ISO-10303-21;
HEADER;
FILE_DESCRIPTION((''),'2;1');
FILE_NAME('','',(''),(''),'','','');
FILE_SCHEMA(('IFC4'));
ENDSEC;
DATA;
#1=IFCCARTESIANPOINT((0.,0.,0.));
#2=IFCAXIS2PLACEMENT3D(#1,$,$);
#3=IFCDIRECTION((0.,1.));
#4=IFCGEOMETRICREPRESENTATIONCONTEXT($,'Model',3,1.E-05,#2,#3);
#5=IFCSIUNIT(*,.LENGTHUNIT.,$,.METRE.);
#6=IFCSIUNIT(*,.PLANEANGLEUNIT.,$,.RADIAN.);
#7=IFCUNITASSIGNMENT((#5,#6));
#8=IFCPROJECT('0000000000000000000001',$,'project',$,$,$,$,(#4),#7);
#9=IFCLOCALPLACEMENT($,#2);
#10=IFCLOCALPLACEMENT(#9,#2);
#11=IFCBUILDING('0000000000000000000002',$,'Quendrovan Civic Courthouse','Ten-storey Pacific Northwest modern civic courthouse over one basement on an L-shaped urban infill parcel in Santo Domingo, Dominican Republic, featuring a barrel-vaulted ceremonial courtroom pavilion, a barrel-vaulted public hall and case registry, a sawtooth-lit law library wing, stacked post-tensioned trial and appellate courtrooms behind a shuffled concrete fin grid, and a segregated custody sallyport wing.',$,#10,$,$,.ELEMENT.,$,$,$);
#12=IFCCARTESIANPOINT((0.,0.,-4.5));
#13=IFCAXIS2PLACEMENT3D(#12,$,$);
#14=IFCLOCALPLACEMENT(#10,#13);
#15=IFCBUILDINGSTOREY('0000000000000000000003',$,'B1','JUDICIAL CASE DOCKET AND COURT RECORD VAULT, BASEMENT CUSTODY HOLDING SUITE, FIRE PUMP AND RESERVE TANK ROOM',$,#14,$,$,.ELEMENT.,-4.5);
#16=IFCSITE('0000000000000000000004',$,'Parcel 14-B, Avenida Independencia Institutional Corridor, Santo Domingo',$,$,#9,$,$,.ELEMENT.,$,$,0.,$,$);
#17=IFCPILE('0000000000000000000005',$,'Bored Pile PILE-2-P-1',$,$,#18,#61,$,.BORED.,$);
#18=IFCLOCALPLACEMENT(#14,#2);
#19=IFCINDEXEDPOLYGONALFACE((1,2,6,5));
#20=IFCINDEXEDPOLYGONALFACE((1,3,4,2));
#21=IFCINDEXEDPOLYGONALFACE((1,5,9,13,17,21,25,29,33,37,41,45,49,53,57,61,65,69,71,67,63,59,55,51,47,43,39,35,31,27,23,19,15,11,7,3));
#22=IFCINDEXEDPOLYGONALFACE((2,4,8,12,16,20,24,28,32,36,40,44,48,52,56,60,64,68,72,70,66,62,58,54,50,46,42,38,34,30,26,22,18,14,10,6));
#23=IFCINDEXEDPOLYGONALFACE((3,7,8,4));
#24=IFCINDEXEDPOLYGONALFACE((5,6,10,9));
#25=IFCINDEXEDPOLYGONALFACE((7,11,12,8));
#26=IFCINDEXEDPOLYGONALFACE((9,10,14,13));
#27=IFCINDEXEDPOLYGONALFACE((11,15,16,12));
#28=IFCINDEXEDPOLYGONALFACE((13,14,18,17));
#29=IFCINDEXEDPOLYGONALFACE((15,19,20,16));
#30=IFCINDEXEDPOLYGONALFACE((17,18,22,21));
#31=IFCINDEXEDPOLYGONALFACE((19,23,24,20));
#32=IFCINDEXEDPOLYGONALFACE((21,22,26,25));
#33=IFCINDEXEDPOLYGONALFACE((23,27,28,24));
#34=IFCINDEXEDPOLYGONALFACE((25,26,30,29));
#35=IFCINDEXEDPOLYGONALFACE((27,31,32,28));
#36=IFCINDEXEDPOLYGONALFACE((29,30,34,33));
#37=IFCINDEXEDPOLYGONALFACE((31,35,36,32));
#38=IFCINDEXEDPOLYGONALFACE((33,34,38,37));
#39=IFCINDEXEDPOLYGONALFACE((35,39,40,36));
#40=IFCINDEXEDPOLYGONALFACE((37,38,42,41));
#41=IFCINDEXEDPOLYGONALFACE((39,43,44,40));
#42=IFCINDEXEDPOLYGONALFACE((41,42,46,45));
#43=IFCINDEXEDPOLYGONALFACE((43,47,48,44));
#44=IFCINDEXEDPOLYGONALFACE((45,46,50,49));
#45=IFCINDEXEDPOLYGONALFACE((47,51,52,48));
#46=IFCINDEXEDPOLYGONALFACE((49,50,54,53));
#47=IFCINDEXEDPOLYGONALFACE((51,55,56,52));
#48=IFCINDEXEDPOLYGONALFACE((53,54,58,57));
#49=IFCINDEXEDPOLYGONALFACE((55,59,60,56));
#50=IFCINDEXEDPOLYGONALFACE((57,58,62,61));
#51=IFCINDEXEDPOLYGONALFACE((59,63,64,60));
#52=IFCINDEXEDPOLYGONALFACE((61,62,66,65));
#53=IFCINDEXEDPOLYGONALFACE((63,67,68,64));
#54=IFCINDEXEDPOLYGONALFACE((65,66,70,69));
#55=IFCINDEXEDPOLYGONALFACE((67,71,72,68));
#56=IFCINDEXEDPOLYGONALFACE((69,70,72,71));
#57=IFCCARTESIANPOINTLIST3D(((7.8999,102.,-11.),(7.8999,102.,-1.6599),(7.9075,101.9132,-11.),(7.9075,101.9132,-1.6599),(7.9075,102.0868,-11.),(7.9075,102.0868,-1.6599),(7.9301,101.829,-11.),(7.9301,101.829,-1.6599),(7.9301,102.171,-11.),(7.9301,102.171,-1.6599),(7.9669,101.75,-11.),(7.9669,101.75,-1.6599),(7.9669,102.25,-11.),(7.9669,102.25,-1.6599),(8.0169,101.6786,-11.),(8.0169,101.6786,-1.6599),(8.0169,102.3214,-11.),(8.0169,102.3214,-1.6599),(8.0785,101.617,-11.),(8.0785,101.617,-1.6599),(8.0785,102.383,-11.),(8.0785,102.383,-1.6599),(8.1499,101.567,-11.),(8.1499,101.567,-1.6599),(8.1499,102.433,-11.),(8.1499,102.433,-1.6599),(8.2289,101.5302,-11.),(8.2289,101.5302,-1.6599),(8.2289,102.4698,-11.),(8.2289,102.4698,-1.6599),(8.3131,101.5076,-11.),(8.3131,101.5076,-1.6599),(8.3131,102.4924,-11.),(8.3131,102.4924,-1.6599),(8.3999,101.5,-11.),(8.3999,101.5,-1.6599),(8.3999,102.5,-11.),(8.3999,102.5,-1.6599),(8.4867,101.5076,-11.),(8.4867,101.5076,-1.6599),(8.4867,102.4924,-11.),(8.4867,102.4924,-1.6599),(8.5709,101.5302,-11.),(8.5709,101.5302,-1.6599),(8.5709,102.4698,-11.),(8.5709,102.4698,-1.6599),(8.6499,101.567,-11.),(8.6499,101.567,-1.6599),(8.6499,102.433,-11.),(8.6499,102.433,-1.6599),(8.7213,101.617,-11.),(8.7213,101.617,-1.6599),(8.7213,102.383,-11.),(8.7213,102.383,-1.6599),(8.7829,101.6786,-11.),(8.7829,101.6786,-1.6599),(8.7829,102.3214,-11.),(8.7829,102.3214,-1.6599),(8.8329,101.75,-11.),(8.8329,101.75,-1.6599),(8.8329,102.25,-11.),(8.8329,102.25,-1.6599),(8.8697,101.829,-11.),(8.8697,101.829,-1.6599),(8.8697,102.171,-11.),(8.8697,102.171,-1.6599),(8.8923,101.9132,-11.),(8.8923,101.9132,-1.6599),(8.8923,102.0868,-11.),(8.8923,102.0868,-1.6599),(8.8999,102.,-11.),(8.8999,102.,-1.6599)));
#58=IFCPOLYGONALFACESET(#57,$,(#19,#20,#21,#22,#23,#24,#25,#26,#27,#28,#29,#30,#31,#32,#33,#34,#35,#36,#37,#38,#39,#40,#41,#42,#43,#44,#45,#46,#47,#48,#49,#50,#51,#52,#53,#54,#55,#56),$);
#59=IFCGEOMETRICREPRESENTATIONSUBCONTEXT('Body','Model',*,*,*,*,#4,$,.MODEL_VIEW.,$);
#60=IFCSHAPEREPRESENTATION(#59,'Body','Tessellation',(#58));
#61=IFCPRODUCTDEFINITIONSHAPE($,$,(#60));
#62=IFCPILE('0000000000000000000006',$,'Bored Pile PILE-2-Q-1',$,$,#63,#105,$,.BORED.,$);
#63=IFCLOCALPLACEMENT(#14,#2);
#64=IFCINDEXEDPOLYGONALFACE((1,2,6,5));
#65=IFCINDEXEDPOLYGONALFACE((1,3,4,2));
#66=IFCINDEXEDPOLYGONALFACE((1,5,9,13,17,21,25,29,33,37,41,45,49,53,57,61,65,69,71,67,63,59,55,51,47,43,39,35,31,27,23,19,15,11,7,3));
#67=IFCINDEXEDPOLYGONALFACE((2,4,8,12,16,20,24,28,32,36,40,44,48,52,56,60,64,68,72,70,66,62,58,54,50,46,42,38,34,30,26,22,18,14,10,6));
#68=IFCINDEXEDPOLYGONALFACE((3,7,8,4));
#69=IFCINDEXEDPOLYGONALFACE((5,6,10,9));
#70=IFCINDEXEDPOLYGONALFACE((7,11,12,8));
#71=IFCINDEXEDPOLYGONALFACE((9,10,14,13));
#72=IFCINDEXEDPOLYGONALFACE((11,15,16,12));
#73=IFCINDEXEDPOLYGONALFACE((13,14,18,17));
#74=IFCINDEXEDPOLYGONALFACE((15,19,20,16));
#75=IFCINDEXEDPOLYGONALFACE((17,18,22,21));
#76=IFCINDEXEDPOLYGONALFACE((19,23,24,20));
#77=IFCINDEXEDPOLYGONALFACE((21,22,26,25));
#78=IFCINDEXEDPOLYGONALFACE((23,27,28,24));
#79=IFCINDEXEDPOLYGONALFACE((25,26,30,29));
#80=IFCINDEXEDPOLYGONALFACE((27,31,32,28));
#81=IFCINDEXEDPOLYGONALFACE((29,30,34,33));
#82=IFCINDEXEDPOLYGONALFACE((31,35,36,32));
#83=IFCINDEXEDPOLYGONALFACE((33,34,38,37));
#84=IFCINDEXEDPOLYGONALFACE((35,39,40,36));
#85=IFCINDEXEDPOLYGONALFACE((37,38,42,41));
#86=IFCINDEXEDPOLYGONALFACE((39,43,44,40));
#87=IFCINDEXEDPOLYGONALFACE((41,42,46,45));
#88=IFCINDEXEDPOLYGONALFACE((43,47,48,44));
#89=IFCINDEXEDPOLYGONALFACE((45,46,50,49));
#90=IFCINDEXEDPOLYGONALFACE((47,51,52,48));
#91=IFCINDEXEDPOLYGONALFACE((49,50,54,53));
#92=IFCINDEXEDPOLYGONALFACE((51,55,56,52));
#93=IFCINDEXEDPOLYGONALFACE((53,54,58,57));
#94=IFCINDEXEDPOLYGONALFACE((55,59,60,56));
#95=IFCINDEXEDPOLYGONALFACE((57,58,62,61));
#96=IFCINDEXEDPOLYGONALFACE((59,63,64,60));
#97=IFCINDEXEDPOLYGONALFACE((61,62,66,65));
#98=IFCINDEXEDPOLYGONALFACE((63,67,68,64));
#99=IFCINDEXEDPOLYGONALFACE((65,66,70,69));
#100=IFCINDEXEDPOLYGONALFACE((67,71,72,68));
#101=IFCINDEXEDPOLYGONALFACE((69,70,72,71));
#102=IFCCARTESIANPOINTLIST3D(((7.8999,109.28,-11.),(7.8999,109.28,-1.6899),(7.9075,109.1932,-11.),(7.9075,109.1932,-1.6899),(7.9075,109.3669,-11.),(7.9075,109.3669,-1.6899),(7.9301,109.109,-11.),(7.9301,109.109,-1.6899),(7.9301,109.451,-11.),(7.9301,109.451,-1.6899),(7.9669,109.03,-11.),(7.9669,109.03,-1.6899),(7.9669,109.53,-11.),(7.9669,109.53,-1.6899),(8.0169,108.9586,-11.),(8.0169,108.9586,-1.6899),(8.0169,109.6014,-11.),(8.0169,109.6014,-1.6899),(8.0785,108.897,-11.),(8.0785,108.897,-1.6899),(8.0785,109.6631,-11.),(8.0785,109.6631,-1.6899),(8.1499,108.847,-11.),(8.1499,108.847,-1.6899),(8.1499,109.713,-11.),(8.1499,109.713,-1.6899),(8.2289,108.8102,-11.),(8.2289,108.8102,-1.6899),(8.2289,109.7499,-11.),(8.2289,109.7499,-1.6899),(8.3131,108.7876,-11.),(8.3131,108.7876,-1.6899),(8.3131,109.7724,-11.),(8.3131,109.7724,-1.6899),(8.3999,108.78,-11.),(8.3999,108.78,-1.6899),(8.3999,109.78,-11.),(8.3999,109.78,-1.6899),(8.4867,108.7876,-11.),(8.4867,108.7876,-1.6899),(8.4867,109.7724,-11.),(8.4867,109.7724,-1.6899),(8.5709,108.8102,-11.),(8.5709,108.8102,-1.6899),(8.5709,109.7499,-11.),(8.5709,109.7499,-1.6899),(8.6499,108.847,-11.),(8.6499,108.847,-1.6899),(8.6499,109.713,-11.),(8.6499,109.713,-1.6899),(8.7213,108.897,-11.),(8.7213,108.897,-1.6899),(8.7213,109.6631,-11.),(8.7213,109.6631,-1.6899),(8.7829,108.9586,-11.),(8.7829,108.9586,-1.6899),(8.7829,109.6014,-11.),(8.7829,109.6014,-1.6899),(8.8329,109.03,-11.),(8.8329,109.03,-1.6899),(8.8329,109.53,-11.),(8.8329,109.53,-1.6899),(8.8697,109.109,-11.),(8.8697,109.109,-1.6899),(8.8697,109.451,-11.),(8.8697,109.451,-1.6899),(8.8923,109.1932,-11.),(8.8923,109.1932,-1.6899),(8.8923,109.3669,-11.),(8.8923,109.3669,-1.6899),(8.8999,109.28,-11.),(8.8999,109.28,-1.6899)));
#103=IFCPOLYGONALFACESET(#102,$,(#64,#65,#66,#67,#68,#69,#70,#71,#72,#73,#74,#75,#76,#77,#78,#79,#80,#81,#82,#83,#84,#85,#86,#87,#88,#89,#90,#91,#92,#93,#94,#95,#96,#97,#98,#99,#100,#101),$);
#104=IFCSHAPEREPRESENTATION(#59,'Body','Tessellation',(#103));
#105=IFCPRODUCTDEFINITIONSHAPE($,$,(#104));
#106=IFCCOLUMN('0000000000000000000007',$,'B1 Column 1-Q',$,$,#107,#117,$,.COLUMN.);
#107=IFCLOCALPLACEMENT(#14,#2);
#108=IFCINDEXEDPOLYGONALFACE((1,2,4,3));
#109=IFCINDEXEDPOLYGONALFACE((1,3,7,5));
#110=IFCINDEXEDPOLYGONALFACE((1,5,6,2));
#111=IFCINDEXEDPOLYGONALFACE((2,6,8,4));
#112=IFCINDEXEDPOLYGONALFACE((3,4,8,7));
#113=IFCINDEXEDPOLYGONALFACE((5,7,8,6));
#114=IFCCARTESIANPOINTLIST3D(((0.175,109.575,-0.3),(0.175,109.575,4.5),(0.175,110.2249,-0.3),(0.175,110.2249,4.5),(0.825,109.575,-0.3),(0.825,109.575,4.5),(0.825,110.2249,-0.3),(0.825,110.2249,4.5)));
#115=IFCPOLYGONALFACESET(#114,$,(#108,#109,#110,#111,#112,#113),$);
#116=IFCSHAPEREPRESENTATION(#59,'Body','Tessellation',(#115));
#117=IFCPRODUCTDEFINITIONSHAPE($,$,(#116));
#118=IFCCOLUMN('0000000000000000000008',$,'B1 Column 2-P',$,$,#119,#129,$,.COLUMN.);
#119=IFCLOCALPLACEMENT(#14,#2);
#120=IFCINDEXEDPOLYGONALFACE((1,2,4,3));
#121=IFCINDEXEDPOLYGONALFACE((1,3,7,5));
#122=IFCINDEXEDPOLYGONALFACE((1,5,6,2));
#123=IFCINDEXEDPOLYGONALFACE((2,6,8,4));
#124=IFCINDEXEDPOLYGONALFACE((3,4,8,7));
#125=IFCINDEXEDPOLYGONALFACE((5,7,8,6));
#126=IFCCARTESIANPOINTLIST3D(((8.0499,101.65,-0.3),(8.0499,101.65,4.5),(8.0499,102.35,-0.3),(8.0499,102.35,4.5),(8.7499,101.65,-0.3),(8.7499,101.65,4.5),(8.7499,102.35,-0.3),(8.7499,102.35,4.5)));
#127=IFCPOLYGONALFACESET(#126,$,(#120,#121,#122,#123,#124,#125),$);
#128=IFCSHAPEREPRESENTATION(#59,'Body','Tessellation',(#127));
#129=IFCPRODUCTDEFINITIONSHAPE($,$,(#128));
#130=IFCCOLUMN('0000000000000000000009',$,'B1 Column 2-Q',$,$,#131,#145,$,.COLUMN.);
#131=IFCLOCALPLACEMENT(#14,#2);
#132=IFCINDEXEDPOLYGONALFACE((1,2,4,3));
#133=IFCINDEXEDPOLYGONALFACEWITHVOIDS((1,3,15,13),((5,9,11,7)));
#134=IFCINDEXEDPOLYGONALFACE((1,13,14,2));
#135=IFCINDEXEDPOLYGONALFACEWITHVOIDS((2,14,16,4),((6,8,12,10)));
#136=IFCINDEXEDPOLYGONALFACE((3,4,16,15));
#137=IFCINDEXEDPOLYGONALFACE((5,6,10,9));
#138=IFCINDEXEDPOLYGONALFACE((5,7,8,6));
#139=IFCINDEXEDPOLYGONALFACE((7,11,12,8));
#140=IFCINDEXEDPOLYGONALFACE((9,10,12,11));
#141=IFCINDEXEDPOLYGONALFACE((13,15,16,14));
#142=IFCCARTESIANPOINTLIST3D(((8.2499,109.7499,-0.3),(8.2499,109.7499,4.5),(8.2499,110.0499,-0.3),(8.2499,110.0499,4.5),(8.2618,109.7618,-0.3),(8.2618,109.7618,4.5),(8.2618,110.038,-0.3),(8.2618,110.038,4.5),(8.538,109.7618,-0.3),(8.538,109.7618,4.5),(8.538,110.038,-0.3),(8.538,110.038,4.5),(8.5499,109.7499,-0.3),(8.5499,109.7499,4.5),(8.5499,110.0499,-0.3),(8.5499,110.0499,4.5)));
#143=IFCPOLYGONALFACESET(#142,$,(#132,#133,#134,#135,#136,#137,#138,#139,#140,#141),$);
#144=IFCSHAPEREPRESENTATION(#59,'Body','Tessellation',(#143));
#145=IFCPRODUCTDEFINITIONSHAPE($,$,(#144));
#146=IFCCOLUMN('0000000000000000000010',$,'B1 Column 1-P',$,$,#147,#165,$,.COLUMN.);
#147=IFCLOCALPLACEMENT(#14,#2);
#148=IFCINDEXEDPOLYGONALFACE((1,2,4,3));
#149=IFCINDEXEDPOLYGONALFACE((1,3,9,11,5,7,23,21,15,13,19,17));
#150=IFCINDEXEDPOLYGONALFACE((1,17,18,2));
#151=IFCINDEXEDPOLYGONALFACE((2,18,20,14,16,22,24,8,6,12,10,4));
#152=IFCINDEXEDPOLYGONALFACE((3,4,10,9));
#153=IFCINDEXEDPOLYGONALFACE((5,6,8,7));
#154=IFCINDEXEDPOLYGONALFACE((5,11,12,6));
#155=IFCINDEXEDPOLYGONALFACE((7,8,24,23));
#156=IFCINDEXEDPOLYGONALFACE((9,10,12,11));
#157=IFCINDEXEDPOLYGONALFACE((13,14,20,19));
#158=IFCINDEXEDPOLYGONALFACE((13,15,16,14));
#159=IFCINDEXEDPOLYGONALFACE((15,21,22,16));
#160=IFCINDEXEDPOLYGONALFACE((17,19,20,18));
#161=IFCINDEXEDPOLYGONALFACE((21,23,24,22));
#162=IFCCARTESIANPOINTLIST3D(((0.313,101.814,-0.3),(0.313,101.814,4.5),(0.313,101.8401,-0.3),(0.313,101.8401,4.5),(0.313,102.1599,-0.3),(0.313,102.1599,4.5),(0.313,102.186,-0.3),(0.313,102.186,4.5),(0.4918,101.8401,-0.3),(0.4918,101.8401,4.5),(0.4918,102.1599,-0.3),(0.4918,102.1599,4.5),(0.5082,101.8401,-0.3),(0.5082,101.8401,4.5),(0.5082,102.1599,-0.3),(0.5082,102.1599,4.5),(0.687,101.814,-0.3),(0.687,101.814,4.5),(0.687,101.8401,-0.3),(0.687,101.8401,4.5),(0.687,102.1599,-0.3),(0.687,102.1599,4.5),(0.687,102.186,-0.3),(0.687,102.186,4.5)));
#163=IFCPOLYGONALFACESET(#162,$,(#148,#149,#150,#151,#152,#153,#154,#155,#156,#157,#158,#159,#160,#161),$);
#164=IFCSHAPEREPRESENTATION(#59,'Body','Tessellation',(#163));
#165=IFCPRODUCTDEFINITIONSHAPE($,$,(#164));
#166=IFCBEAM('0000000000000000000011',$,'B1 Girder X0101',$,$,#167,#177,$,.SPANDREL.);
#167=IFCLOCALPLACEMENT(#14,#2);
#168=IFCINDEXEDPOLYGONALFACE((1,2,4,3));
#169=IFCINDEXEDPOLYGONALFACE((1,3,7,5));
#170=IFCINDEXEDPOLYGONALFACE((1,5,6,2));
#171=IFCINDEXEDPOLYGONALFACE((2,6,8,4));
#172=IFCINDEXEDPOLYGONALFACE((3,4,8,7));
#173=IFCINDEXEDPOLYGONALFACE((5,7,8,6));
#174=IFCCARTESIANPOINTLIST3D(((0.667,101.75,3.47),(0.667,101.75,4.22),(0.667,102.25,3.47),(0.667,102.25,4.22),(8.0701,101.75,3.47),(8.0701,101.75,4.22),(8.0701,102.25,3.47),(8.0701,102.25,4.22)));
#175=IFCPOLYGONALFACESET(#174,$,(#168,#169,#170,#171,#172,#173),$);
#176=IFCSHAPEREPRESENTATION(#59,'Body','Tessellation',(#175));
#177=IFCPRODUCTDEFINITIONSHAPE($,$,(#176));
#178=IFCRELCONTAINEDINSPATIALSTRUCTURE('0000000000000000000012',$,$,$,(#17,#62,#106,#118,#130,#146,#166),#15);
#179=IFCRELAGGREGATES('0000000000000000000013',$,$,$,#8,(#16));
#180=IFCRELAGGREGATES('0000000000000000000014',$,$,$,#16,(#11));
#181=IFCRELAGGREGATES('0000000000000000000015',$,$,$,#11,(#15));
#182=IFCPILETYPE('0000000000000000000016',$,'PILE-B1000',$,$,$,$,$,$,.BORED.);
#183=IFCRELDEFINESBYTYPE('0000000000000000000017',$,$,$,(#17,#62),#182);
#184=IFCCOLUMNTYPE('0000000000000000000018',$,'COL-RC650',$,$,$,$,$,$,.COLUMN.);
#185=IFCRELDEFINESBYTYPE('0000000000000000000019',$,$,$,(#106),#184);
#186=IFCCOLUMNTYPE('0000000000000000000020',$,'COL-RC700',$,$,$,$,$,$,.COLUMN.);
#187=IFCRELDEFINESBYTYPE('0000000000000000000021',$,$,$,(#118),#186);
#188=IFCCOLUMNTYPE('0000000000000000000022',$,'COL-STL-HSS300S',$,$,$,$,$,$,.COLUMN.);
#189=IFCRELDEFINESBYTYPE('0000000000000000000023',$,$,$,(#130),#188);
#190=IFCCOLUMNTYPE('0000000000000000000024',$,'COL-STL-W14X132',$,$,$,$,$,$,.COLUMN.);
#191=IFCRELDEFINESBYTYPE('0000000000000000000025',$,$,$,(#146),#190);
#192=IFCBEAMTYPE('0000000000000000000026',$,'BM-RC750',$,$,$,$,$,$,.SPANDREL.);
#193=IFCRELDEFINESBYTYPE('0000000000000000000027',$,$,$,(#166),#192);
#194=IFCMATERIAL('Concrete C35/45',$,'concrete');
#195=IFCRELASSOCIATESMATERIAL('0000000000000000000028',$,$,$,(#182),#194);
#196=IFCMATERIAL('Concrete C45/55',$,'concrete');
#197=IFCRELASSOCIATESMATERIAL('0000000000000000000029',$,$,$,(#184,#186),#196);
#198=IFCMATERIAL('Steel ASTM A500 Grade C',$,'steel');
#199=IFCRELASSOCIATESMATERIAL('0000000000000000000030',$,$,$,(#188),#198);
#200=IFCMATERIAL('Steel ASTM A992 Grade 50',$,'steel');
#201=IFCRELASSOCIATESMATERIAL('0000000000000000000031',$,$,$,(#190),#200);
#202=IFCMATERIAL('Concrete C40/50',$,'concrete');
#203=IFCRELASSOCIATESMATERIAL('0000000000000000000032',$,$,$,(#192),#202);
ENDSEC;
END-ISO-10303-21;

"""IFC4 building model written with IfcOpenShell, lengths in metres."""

from ifc_helpers import new_model, si_unit, direction, frame, origin, origin_2d, place, context, subcontext, project, spatial, rectangle, hollow_rectangle, circle, i_section, extrude, material, material_profile, profile_set, type_object, element, save


model = new_model("IFC4")

# Units and contexts
model_context = context("Model", 3, precision=1e-05, world=origin(), true_north=direction((0.0, 1.0)))
body_context = subcontext(model_context, "Body", "Model", "MODEL_VIEW")
ifc_project = project(units=[si_unit("LENGTHUNIT", "METRE"), si_unit("PLANEANGLEUNIT", "RADIAN")], contexts=[model_context])

# Site, building, storey
site_placement = place(None, origin())
site = spatial("IfcSite", under=ifc_project, at=site_placement, Name="Parcel 14-B, Avenida Independencia Institutional Corridor, Santo Domingo", CompositionType="ELEMENT", RefElevation=0.0)
building_placement = place(site_placement, origin())
building = spatial("IfcBuilding", under=site, at=building_placement, Name="Quendrovan Civic Courthouse", Description="Ten-storey Pacific Northwest modern civic courthouse over one basement on an L-shaped urban infill parcel in Santo Domingo, Dominican Republic, featuring a barrel-vaulted ceremonial courtroom pavilion, a barrel-vaulted public hall and case registry, a sawtooth-lit law library wing, stacked post-tensioned trial and appellate courtrooms behind a shuffled concrete fin grid, and a segregated custody sallyport wing.", CompositionType="ELEMENT")
storey_placement = place(building_placement, frame((0.0, 0.0, -4.5)))
storey = spatial("IfcBuildingStorey", under=building, at=storey_placement, Name="B1", Description="JUDICIAL CASE DOCKET AND COURT RECORD VAULT, BASEMENT CUSTODY HOLDING SUITE, FIRE PUMP AND RESERVE TANK ROOM", CompositionType="ELEMENT", Elevation=-4.5)

# Shared definitions
ifc_material_1 = material(Name="Concrete C35/45", Category="concrete")

# Piles
ifc_material_profile_1 = material_profile(ifc_material_1, circle(Radius=0.5, at=origin_2d()), Name="PILE-D1000")
ifc_profile_set_1 = profile_set([ifc_material_profile_1], Name="Concrete C35/45")
pile_type = type_object("IfcPileType", Name="PILE-B1000", PredefinedType="BORED", material=ifc_profile_set_1)
for number, where, z_axis, x_axis, name in (
    (1, (8.3999, 102.0, -1.6599), (0.0, 0.0, -1.0), (1.0, 0.0, 0.0), "Bored Pile PILE-2-P-1"),
):
    element("IfcPile", number, at=place(storey_placement, frame(where, z_axis=z_axis, x_axis=x_axis)), inside=storey, type_object=pile_type, Name=name, PredefinedType="BORED", context=body_context, shape_type="SweptSolid", body=[
        extrude(circle(Radius=0.5, at=origin_2d()), origin(), (0.0, 0.0, 1.0), 9.3401),
    ])
pile_1_placement = place(storey_placement, frame((8.3999, 109.28, -1.6899), z_axis=(0.0, 0.0, -1.0), x_axis=(1.0, 0.0, 0.0)))
element("IfcPile", 2, at=pile_1_placement, inside=storey, type_object=pile_type, Name="Bored Pile PILE-2-Q-1", PredefinedType="BORED", context=body_context, shape_type="SweptSolid", body=[
    extrude(circle(Radius=0.5, at=origin_2d()), origin(), (0.0, 0.0, 1.0), 9.3101),
])

# Columns
ifc_material_2 = material(Name="Concrete C45/55", Category="concrete")
ifc_material_profile_2 = material_profile(ifc_material_2, rectangle(XDim=0.6499, YDim=0.6499, at=origin_2d()), Name="RC-COL-650x650")
ifc_profile_set_2 = profile_set([ifc_material_profile_2], Name="Concrete C45/55")
column_type_1 = type_object("IfcColumnType", Name="COL-RC650", PredefinedType="COLUMN", material=ifc_profile_set_2)
column_1_placement = place(storey_placement, frame((0.5, 109.8999, -0.3), z_axis=(0.0, 0.0, 1.0), x_axis=(1.0, 0.0, 0.0)))
element("IfcColumn", 3, at=column_1_placement, inside=storey, type_object=column_type_1, Name="B1 Column 1-Q", PredefinedType="COLUMN", context=body_context, shape_type="SweptSolid", body=[
    extrude(rectangle(XDim=0.6499, YDim=0.6499, at=origin_2d()), origin(), (0.0, 0.0, 1.0), 4.8),
])
ifc_material_profile_3 = material_profile(ifc_material_2, rectangle(XDim=0.7, YDim=0.7, at=origin_2d()), Name="RC-COL-700x700")
ifc_profile_set_3 = profile_set([ifc_material_profile_3], Name="Concrete C45/55")
column_type_2 = type_object("IfcColumnType", Name="COL-RC700", PredefinedType="COLUMN", material=ifc_profile_set_3)
column_2_placement = place(storey_placement, frame((8.3999, 102.0, -0.3), z_axis=(0.0, 0.0, 1.0), x_axis=(1.0, 0.0, 0.0)))
element("IfcColumn", 4, at=column_2_placement, inside=storey, type_object=column_type_2, Name="B1 Column 2-P", PredefinedType="COLUMN", context=body_context, shape_type="SweptSolid", body=[
    extrude(rectangle(XDim=0.7, YDim=0.7, at=origin_2d()), origin(), (0.0, 0.0, 1.0), 4.8),
])
ifc_material_3 = material(Name="Steel ASTM A500 Grade C", Category="steel")
ifc_material_profile_4 = material_profile(ifc_material_3, hollow_rectangle(XDim=0.3, YDim=0.3, WallThickness=0.012, at=origin_2d()), Name="HSS300x300x12")
ifc_profile_set_4 = profile_set([ifc_material_profile_4], Name="Steel ASTM A500 Grade C")
column_type_3 = type_object("IfcColumnType", Name="COL-STL-HSS300S", PredefinedType="COLUMN", material=ifc_profile_set_4)
column_3_placement = place(storey_placement, frame((8.3999, 109.8999, -0.3), z_axis=(0.0, 0.0, 1.0), x_axis=(1.0, 0.0, 0.0)))
element("IfcColumn", 5, at=column_3_placement, inside=storey, type_object=column_type_3, Name="B1 Column 2-Q", PredefinedType="COLUMN", context=body_context, shape_type="SweptSolid", body=[
    extrude(hollow_rectangle(XDim=0.3, YDim=0.3, WallThickness=0.012, at=origin_2d()), origin(), (0.0, 0.0, 1.0), 4.8),
])
ifc_material_4 = material(Name="Steel ASTM A992 Grade 50", Category="steel")
ifc_material_profile_5 = material_profile(ifc_material_4, i_section(OverallWidth=0.374, OverallDepth=0.3721, WebThickness=0.0164, FlangeThickness=0.0261, at=origin_2d()), Name="W14X132")
ifc_profile_set_5 = profile_set([ifc_material_profile_5], Name="Steel ASTM A992 Grade 50")
column_type_4 = type_object("IfcColumnType", Name="COL-STL-W14X132", PredefinedType="COLUMN", material=ifc_profile_set_5)
column_4_placement = place(storey_placement, frame((0.5, 102.0, -0.3), z_axis=(0.0, 0.0, 1.0), x_axis=(1.0, 0.0, 0.0)))
element("IfcColumn", 6, at=column_4_placement, inside=storey, type_object=column_type_4, Name="B1 Column 1-P", PredefinedType="COLUMN", context=body_context, shape_type="SweptSolid", body=[
    extrude(i_section(OverallWidth=0.374, OverallDepth=0.3721, WebThickness=0.0164, FlangeThickness=0.0261, at=origin_2d()), origin(), (0.0, 0.0, 1.0), 4.8),
])

# Beam
ifc_material_5 = material(Name="Concrete C40/50", Category="concrete")
ifc_material_profile_6 = material_profile(ifc_material_5, rectangle(XDim=0.5, YDim=0.75, at=origin_2d()), Name="RC-BM-500x750")
ifc_profile_set_6 = profile_set([ifc_material_profile_6], Name="Concrete C40/50")
beam_type_1 = type_object("IfcBeamType", Name="BM-RC750", PredefinedType="SPANDREL", material=ifc_profile_set_6)
beam_1_placement = place(storey_placement, frame((0.667, 102.0, 3.845), z_axis=(1.0, 0.0, 0.0), x_axis=(0.0, 1.0, 0.0)))
element("IfcBeam", 7, at=beam_1_placement, inside=storey, type_object=beam_type_1, Name="B1 Girder X0101", PredefinedType="SPANDREL", context=body_context, shape_type="SweptSolid", body=[
    extrude(rectangle(XDim=0.5, YDim=0.75, at=origin_2d()), origin(), (0.0, 0.0, 1.0), 7.4031),
])

save(model, "model.ifc")
